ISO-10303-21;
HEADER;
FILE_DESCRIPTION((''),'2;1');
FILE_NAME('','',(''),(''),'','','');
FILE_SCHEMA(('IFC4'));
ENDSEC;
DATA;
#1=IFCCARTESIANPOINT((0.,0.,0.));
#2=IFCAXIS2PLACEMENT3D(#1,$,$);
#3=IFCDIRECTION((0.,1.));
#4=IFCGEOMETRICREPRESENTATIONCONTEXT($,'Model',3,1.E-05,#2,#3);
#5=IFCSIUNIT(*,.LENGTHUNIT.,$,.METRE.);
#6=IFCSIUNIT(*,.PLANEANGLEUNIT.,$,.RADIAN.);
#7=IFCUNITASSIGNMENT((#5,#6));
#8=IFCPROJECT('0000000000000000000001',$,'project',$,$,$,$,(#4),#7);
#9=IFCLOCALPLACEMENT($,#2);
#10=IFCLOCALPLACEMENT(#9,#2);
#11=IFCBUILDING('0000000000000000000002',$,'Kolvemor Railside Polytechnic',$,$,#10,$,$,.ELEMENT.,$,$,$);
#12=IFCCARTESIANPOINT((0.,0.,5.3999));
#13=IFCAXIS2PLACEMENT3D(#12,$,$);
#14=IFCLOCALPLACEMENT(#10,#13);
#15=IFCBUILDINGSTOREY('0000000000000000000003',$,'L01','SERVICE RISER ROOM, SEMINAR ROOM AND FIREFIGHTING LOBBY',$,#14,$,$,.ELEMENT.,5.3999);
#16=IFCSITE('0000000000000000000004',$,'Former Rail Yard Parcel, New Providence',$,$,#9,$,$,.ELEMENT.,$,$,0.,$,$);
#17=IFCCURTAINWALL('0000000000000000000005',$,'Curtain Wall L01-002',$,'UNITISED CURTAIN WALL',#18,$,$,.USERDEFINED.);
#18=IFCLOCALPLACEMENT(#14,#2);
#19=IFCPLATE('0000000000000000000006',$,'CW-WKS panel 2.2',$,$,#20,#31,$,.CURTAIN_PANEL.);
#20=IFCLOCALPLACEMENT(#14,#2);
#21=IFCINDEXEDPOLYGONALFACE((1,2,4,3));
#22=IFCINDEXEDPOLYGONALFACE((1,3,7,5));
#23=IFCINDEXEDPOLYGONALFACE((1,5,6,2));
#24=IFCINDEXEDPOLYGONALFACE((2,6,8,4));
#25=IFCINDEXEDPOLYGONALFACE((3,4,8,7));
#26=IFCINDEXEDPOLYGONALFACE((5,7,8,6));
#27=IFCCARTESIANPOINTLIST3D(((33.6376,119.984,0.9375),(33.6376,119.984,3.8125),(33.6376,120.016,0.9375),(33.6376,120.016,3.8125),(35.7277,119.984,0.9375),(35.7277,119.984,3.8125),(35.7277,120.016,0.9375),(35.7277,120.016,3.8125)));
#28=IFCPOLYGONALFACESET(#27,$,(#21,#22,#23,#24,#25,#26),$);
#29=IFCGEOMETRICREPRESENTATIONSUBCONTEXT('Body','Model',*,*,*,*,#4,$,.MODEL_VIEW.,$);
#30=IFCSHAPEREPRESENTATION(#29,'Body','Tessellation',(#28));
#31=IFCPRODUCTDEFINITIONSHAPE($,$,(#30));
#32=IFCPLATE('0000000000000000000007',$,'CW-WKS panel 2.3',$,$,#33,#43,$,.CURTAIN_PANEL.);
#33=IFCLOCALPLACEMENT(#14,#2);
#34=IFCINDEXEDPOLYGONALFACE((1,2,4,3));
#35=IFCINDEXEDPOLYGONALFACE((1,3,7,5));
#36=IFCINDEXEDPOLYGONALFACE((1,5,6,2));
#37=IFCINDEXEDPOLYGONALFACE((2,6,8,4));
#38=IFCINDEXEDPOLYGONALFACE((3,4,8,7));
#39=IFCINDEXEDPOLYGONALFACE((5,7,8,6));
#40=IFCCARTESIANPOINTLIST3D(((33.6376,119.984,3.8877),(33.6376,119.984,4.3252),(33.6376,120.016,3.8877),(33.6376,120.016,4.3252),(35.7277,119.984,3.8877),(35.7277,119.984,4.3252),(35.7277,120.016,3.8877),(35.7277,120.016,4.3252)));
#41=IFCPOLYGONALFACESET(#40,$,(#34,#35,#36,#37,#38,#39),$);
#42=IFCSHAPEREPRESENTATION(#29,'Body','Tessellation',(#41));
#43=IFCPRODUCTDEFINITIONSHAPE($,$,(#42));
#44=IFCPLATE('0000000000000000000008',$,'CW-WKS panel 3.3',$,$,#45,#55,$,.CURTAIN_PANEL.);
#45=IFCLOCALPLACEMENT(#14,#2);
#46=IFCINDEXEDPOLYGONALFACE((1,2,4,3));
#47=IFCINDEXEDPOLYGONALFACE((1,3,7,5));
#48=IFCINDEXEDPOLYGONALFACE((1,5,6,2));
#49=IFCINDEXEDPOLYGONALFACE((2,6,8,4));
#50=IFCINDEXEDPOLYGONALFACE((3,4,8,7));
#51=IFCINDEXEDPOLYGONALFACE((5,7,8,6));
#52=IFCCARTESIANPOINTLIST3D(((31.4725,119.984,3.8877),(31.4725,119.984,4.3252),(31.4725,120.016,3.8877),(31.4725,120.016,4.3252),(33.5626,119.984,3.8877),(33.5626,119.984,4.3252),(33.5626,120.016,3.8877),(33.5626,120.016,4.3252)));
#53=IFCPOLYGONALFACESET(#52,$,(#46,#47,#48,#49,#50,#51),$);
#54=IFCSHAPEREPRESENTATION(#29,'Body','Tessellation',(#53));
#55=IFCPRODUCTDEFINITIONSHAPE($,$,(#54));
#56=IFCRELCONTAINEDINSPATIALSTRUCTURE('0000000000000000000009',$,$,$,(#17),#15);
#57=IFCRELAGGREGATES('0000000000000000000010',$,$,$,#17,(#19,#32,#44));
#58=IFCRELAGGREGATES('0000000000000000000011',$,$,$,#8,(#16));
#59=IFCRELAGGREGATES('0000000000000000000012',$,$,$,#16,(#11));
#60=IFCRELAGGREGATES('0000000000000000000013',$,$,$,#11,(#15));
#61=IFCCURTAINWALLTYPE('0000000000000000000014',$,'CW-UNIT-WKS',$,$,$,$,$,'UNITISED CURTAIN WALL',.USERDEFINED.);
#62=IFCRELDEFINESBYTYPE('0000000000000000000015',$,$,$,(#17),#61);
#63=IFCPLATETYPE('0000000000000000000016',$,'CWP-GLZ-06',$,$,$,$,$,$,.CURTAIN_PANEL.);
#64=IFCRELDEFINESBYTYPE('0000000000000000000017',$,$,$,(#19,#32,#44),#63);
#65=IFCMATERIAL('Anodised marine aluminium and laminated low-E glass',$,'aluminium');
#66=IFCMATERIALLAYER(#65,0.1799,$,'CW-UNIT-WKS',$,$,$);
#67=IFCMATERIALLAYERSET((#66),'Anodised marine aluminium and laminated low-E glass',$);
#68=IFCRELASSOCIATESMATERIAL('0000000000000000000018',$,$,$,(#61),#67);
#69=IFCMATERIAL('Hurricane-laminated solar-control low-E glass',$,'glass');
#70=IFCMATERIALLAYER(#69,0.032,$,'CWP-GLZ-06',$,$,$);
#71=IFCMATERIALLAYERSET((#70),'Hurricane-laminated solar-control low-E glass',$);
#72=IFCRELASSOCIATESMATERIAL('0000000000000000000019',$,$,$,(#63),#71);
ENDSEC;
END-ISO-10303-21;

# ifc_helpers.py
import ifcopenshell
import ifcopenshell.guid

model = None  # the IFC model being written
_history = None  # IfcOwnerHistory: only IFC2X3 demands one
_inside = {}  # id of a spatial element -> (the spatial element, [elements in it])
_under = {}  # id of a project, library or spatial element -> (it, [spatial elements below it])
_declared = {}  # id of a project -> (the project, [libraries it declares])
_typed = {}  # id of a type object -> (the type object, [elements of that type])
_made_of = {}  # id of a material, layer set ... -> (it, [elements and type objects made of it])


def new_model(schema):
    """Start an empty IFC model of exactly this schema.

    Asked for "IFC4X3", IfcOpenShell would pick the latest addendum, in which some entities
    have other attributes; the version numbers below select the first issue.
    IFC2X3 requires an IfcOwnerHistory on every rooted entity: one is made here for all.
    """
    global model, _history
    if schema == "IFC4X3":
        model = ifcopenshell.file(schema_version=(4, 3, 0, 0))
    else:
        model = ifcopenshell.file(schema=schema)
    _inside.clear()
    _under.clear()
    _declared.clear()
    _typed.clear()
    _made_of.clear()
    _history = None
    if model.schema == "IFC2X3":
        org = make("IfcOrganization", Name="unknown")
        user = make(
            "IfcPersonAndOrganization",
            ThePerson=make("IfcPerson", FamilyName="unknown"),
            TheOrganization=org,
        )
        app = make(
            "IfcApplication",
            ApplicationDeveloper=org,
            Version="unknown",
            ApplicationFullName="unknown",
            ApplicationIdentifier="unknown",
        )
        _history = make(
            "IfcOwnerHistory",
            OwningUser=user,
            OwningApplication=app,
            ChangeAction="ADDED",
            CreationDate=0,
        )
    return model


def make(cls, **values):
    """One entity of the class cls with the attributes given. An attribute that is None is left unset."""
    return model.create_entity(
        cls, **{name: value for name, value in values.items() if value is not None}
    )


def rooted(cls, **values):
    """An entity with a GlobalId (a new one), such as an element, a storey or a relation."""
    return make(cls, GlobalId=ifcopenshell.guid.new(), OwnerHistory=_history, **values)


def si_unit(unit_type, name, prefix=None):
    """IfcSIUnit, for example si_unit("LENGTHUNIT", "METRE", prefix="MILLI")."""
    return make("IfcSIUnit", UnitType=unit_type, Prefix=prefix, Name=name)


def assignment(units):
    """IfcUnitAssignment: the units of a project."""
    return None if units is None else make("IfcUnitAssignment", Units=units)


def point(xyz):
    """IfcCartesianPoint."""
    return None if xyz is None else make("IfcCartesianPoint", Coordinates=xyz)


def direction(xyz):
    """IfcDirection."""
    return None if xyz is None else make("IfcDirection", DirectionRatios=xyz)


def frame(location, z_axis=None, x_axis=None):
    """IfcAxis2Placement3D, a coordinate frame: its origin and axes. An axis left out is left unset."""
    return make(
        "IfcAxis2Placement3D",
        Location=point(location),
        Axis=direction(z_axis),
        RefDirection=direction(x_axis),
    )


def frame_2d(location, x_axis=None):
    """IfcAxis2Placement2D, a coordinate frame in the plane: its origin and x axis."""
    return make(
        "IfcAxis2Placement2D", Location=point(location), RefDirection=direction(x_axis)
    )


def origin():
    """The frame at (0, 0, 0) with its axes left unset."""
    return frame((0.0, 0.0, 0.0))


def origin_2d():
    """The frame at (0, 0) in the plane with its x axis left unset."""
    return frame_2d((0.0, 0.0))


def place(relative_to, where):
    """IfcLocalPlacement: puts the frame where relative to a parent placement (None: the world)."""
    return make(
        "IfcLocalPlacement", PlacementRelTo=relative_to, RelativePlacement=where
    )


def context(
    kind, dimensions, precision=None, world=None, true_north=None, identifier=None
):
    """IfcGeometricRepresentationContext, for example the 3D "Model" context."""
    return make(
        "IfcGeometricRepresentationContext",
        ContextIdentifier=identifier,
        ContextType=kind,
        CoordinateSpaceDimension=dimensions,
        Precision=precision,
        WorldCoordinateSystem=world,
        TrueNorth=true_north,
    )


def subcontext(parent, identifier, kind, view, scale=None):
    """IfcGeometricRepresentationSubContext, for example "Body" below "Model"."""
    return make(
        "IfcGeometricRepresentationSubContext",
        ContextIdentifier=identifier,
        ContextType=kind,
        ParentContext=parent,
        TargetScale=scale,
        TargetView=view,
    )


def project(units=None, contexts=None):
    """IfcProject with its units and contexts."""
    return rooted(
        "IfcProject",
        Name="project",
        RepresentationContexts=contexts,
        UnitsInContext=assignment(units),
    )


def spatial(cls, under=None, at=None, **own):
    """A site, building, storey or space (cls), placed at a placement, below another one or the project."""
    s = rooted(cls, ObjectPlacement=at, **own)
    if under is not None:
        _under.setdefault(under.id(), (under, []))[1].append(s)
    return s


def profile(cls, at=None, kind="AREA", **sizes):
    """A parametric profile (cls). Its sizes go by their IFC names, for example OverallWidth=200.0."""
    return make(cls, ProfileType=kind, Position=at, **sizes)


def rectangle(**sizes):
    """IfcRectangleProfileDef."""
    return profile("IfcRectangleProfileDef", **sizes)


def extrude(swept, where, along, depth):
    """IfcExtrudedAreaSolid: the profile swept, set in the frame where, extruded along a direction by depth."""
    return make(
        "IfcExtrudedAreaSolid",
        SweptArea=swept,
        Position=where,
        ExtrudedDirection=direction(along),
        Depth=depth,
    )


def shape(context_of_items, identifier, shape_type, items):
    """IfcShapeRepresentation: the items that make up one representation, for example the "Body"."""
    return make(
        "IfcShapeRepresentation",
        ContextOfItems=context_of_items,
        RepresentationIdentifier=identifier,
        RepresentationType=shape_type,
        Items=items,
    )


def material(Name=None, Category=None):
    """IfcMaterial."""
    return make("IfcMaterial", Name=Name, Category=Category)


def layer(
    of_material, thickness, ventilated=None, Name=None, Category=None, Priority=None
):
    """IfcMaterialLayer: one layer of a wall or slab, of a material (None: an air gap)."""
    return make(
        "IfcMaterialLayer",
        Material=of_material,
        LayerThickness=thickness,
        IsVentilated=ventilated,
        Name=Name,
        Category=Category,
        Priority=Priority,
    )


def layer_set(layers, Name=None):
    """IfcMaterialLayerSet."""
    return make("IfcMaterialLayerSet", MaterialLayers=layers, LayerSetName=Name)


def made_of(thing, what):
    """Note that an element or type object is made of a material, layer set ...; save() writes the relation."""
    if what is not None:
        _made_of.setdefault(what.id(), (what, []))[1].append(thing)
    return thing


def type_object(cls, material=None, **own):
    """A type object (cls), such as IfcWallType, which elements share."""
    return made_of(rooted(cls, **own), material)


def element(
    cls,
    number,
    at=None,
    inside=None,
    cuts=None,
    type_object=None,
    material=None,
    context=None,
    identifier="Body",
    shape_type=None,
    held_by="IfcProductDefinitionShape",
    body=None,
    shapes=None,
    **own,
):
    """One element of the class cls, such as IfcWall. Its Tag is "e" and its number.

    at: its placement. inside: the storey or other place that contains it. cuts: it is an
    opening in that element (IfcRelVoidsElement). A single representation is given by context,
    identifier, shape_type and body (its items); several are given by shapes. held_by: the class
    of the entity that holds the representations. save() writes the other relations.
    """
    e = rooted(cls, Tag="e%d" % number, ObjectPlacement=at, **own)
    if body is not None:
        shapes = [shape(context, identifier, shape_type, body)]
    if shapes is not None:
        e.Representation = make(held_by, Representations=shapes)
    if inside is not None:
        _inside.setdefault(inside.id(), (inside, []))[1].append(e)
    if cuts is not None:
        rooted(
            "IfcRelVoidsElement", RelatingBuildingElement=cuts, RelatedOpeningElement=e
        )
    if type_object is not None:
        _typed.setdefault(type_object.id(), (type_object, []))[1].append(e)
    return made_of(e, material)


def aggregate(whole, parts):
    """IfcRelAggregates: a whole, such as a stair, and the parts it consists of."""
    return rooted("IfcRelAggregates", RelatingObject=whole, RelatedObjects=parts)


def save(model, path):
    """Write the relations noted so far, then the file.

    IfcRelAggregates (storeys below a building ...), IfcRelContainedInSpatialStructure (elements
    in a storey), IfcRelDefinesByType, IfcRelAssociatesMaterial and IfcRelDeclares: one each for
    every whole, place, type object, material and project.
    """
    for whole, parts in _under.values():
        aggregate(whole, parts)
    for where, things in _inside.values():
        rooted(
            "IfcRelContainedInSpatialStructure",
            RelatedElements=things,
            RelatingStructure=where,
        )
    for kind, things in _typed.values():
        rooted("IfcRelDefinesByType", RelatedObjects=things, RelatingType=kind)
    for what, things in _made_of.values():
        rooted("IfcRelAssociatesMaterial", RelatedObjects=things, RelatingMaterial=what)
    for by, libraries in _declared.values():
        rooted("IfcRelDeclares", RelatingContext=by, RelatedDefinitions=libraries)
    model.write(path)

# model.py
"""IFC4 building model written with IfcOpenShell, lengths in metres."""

from ifc_helpers import new_model, si_unit, direction, frame, origin, origin_2d, place, context, subcontext, project, spatial, rectangle, extrude, material, layer, layer_set, type_object, element, aggregate, save


model = new_model("IFC4")

# Units and contexts
model_context = context("Model", 3, precision=1e-05, world=origin(), true_north=direction((0.0, 1.0)))
body_context = subcontext(model_context, "Body", "Model", "MODEL_VIEW")
ifc_project = project(units=[si_unit("LENGTHUNIT", "METRE"), si_unit("PLANEANGLEUNIT", "RADIAN")], contexts=[model_context])

# Site, building, storey
site_placement = place(None, origin())
site = spatial("IfcSite", under=ifc_project, at=site_placement, Name="Former Rail Yard Parcel, New Providence", CompositionType="ELEMENT", RefElevation=0.0)
building_placement = place(site_placement, origin())
building = spatial("IfcBuilding", under=site, at=building_placement, Name="Kolvemor Railside Polytechnic", CompositionType="ELEMENT")
storey_placement = place(building_placement, frame((0.0, 0.0, 5.3999)))
storey = spatial("IfcBuildingStorey", under=building, at=storey_placement, Name="L01", Description="SERVICE RISER ROOM, SEMINAR ROOM AND FIREFIGHTING LOBBY", CompositionType="ELEMENT", Elevation=5.3999)

# Curtain wall
ifc_material_1 = material(Name="Anodised marine aluminium and laminated low-E glass", Category="aluminium")
ifc_layer_1 = layer(ifc_material_1, 0.1799, Name="CW-UNIT-WKS")
ifc_layer_set_1 = layer_set([ifc_layer_1], Name="Anodised marine aluminium and laminated low-E glass")
curtain_wall_type = type_object("IfcCurtainWallType", Name="CW-UNIT-WKS", ElementType="UNITISED CURTAIN WALL", PredefinedType="USERDEFINED", material=ifc_layer_set_1)
curtain_wall_1_placement = place(storey_placement, origin())
curtain_wall_1 = element("IfcCurtainWall", 1, at=curtain_wall_1_placement, inside=storey, type_object=curtain_wall_type, Name="Curtain Wall L01-002", ObjectType="UNITISED CURTAIN WALL", PredefinedType="USERDEFINED")

# Plates
ifc_material_2 = material(Name="Hurricane-laminated solar-control low-E glass", Category="glass")
ifc_layer_2 = layer(ifc_material_2, 0.032, Name="CWP-GLZ-06")
ifc_layer_set_2 = layer_set([ifc_layer_2], Name="Hurricane-laminated solar-control low-E glass")
plate_type_1 = type_object("IfcPlateType", Name="CWP-GLZ-06", PredefinedType="CURTAIN_PANEL", material=ifc_layer_set_2)
plate_1_placement = place(storey_placement, frame((34.6826, 120.0, 0.9375), z_axis=(0.0, 0.0, 1.0), x_axis=(-1.0, 0.0, 0.0)))
plate_1 = element("IfcPlate", 2, at=plate_1_placement, type_object=plate_type_1, Name="CW-WKS panel 2.2", PredefinedType="CURTAIN_PANEL", context=body_context, shape_type="SweptSolid", body=[
    extrude(rectangle(XDim=2.0901, YDim=0.032, at=origin_2d()), origin(), (0.0, 0.0, 1.0), 2.875),
])
plate_2_placement = place(storey_placement, frame((34.6826, 120.0, 3.8877), z_axis=(0.0, 0.0, 1.0), x_axis=(-1.0, 0.0, 0.0)))
plate_2 = element("IfcPlate", 3, at=plate_2_placement, type_object=plate_type_1, Name="CW-WKS panel 2.3", PredefinedType="CURTAIN_PANEL", context=body_context, shape_type="SweptSolid", body=[
    extrude(rectangle(XDim=2.0901, YDim=0.032, at=origin_2d()), origin(), (0.0, 0.0, 1.0), 0.4375),
])
plate_3_placement = place(storey_placement, frame((32.5176, 120.0, 3.8877), z_axis=(0.0, 0.0, 1.0), x_axis=(-1.0, 0.0, 0.0)))
plate_3 = element("IfcPlate", 4, at=plate_3_placement, type_object=plate_type_1, Name="CW-WKS panel 3.3", PredefinedType="CURTAIN_PANEL", context=body_context, shape_type="SweptSolid", body=[
    extrude(rectangle(XDim=2.0901, YDim=0.032, at=origin_2d()), origin(), (0.0, 0.0, 1.0), 0.4375),
])
aggregate(curtain_wall_1, [plate_1, plate_2, plate_3])

save(model, "model.ifc")
